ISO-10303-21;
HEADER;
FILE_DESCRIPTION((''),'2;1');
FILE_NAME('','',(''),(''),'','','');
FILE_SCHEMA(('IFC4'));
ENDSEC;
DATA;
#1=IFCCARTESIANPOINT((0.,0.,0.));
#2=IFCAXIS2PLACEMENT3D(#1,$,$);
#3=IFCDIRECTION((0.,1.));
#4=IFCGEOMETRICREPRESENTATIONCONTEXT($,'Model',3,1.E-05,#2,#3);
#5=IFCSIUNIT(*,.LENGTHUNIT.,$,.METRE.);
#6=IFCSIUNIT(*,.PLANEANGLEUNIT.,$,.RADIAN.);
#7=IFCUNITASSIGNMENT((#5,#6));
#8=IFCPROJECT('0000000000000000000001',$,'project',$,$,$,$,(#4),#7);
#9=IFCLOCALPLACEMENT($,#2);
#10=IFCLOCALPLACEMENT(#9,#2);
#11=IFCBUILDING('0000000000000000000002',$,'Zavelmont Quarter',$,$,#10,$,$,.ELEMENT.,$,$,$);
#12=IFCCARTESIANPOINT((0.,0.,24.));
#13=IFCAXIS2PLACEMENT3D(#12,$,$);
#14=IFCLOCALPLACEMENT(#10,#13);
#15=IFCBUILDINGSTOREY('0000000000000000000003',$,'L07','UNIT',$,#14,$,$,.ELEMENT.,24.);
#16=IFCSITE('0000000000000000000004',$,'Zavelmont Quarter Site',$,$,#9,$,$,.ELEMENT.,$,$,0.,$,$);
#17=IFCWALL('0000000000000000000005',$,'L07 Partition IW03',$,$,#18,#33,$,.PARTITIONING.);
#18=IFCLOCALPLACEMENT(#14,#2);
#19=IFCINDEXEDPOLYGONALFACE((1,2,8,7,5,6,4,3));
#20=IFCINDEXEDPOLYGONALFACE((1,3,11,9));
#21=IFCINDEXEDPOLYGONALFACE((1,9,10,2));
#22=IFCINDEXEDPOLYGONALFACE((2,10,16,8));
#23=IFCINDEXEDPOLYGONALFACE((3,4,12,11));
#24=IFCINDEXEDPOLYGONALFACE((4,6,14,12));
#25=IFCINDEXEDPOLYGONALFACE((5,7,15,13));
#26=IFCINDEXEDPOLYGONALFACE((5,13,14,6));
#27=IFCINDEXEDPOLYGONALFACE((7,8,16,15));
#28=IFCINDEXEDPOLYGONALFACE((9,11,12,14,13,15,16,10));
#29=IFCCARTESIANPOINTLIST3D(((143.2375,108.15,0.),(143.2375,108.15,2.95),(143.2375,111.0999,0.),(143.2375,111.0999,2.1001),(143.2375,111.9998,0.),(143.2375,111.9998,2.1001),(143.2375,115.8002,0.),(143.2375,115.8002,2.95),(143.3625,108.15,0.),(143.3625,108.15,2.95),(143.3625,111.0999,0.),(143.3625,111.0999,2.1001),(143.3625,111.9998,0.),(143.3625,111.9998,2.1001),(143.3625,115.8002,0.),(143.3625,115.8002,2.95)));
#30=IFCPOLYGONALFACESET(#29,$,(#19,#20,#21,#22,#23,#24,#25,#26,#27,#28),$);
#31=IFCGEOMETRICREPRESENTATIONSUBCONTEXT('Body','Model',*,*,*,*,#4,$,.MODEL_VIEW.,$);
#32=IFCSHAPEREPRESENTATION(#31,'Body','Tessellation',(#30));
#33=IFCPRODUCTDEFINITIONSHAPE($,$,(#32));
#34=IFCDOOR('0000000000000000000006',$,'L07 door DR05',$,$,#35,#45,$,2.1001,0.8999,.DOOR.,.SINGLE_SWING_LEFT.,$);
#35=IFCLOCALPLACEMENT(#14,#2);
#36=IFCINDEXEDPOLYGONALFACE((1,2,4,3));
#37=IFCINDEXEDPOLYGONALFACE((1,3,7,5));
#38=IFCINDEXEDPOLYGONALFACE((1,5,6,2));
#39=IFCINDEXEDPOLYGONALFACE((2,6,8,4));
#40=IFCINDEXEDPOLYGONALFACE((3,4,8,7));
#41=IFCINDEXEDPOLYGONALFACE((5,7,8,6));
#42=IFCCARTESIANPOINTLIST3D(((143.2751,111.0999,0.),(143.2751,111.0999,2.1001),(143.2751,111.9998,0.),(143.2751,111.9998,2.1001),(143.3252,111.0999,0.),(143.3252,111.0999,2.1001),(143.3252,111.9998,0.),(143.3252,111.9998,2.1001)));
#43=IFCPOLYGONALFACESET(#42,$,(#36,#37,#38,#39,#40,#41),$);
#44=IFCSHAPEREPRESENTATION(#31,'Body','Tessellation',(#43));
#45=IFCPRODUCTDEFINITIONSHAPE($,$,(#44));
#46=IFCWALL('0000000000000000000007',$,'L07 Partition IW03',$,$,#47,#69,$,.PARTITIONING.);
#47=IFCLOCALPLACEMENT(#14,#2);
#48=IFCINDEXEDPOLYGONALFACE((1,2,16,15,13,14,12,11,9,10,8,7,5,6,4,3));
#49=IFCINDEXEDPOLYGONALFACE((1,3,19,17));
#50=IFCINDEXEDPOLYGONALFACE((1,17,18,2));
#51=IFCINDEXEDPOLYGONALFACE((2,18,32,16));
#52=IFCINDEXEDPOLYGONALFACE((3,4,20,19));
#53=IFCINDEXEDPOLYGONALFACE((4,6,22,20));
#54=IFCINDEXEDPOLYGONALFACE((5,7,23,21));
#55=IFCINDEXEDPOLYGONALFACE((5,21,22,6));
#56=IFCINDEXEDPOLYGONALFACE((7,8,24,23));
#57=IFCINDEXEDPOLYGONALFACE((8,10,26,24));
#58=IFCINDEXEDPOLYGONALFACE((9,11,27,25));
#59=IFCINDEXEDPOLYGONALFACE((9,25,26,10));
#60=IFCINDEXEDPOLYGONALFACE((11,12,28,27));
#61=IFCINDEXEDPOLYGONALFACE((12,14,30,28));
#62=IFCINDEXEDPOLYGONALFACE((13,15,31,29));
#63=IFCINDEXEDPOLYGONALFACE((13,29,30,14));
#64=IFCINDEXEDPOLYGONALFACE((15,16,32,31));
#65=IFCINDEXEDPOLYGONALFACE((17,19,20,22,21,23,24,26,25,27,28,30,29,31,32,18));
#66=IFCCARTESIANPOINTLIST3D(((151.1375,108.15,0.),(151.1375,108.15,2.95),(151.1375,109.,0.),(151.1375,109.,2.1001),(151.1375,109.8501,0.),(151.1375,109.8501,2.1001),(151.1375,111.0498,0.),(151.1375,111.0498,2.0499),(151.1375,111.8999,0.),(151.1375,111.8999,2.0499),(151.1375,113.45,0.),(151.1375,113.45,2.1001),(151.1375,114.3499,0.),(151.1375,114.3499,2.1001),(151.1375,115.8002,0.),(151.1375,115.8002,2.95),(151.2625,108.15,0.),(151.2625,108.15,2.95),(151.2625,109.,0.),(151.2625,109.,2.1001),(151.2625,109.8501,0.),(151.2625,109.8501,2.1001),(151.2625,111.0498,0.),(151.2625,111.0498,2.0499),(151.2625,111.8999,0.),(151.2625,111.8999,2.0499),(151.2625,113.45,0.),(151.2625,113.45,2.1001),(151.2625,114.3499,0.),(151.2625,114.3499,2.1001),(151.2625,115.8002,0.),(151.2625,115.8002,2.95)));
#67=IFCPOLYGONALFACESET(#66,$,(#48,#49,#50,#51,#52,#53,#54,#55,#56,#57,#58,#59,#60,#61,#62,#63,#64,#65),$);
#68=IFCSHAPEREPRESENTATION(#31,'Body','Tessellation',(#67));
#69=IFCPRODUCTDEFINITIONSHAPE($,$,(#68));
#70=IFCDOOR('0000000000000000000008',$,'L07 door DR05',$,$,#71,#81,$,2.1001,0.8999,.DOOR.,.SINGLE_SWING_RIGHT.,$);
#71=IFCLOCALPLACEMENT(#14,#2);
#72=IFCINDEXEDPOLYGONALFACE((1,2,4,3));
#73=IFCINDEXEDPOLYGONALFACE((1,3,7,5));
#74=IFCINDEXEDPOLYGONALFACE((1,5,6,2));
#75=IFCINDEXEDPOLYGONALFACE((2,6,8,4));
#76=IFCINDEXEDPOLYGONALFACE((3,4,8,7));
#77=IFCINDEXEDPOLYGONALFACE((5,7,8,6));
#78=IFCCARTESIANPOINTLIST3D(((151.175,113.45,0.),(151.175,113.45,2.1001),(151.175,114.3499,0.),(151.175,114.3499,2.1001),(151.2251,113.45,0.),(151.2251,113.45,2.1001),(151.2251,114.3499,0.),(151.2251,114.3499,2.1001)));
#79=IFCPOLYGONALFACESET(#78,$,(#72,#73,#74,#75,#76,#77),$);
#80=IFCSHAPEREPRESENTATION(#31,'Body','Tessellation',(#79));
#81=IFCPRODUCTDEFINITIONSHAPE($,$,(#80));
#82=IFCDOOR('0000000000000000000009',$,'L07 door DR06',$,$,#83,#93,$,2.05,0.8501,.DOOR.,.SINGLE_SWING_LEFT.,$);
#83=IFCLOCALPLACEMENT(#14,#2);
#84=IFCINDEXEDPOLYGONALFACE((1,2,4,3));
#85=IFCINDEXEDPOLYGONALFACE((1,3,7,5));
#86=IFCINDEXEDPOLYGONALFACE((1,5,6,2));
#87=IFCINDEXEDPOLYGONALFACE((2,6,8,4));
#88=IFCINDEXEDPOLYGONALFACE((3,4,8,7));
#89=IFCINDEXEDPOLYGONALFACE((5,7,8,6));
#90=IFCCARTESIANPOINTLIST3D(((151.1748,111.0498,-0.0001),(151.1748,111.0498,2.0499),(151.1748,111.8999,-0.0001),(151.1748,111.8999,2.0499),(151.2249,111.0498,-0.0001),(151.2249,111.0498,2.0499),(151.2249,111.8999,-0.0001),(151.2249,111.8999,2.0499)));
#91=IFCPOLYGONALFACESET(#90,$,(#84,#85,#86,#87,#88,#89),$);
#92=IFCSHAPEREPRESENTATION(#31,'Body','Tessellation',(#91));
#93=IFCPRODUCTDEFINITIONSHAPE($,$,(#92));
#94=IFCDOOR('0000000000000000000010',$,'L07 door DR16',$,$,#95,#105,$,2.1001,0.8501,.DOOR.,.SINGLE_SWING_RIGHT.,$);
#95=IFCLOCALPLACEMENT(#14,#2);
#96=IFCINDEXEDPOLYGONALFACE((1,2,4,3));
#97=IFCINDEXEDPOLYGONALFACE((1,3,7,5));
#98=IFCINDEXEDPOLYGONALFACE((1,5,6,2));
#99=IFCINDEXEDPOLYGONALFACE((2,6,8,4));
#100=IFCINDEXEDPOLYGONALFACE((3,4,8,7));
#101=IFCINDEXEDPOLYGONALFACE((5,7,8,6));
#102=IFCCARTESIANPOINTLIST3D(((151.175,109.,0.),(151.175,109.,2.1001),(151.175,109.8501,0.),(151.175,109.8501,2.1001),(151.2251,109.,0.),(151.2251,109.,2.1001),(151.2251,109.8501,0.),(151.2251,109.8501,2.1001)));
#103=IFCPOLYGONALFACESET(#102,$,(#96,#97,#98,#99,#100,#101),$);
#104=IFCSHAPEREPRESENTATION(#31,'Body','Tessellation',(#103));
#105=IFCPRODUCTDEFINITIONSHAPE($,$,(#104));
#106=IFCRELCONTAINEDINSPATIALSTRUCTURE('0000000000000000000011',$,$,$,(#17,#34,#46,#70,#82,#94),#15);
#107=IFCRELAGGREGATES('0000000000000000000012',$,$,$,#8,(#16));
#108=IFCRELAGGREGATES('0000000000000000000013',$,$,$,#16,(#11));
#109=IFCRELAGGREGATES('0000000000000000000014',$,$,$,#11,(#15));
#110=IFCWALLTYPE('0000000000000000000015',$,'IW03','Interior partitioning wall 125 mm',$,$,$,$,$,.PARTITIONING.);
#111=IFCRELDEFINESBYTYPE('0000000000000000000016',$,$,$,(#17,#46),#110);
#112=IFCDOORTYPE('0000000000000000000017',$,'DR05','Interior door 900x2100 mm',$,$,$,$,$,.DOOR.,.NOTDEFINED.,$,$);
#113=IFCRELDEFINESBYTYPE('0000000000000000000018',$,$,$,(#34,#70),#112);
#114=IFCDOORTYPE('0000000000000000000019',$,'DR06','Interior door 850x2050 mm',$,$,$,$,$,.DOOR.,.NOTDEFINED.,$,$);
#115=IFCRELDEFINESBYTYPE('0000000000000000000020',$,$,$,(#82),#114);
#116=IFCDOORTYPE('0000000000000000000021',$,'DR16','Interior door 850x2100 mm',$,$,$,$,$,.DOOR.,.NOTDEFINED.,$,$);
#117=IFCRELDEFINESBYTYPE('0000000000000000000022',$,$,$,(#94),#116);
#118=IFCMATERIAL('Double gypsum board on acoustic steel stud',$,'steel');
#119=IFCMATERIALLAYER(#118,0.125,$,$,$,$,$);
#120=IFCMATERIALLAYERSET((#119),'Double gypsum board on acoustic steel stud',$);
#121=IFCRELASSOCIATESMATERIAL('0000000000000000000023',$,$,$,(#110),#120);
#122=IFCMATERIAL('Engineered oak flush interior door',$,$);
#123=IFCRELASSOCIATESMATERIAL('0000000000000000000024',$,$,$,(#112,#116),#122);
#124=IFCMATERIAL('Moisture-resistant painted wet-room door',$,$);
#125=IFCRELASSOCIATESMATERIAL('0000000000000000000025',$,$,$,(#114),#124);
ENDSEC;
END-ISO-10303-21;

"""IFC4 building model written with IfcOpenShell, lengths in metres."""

from ifc_helpers import new_model, si_unit, direction, frame, frame_2d, origin, origin_with_axes, place, context, subcontext, project, spatial, rectangle, extrude, material, layer, layer_set, type_object, element, fill, save


model = new_model("IFC4")

# Units and contexts
model_context = context("Model", 3, precision=1e-05, world=origin(), true_north=direction((0.0, 1.0)))
body_context = subcontext(model_context, "Body", "Model", "MODEL_VIEW")
ifc_project = project(units=[si_unit("LENGTHUNIT", "METRE"), si_unit("PLANEANGLEUNIT", "RADIAN")], contexts=[model_context])

# Site, building, storey
site_placement = place(None, origin())
site = spatial("IfcSite", under=ifc_project, at=site_placement, Name="Zavelmont Quarter Site", CompositionType="ELEMENT", RefElevation=0.0)
building_placement = place(site_placement, origin())
building = spatial("IfcBuilding", under=site, at=building_placement, Name="Zavelmont Quarter", CompositionType="ELEMENT")
storey_placement = place(building_placement, frame((0.0, 0.0, 24.0)))
storey = spatial("IfcBuildingStorey", under=building, at=storey_placement, Name="L07", Description="UNIT", CompositionType="ELEMENT", Elevation=24.0)

# Wall, opening, door
ifc_material_1 = material(Name="Double gypsum board on acoustic steel stud", Category="steel")
ifc_layer_1 = layer(ifc_material_1, 0.125)
ifc_layer_set_1 = layer_set([ifc_layer_1], Name="Double gypsum board on acoustic steel stud")
wall_type_1 = type_object("IfcWallType", Name="IW03", Description="Interior partitioning wall 125 mm", PredefinedType="PARTITIONING", material=ifc_layer_set_1)
wall_1_placement = place(storey_placement, frame((143.3, 108.1499, 0.0), z_axis=(0.0, 0.0, 1.0), x_axis=(0.0, 1.0, 0.0)))
wall_1 = element("IfcWall", 1, at=wall_1_placement, inside=storey, type_object=wall_type_1, Name="L07 Partition IW03", PredefinedType="PARTITIONING", context=body_context, shape_type="SweptSolid", body=[
    extrude(rectangle(XDim=7.6501, YDim=0.125, at=frame_2d((3.8252, 0.0))), origin(), (0.0, 0.0, 1.0), 2.95),
])
opening_1_placement = place(wall_1_placement, frame((2.95, 0.0, 0.0)))
opening_1 = element("IfcOpeningElement", 2, at=opening_1_placement, cuts=wall_1, PredefinedType="OPENING", context=body_context, shape_type="SweptSolid", body=[
    extrude(rectangle(XDim=0.8999, YDim=2.1001, at=frame_2d((0.45, 1.05))), frame((0.0, 0.0745, 0.0), z_axis=(0.0, -1.0, 0.0), x_axis=(1.0, 0.0, 0.0)), (0.0, 0.0, 1.0), 0.1489),
])
ifc_material_2 = material(Name="Engineered oak flush interior door")
door_type_1 = type_object("IfcDoorType", Name="DR05", Description="Interior door 900x2100 mm", OperationType="NOTDEFINED", PredefinedType="DOOR", material=ifc_material_2)
door_1_placement = place(opening_1_placement, origin_with_axes())
door_1 = element("IfcDoor", 3, at=door_1_placement, inside=storey, type_object=door_type_1, Name="L07 door DR05", OperationType="SINGLE_SWING_LEFT", OverallHeight=2.1001, OverallWidth=0.8999, PredefinedType="DOOR", context=body_context, shape_type="SweptSolid", body=[
    extrude(rectangle(XDim=0.8999, YDim=2.1001, at=frame_2d((0.45, 1.05))), frame((0.0, 0.0249, 0.0), z_axis=(0.0, -1.0, 0.0), x_axis=(1.0, 0.0, 0.0)), (0.0, 0.0, 1.0), 0.05),
])
fill(opening_1, door_1)

# Wall, openings, doors
wall_2_placement = place(storey_placement, frame((151.2, 108.1499, 0.0), z_axis=(0.0, 0.0, 1.0), x_axis=(0.0, 1.0, 0.0)))
wall_2 = element("IfcWall", 4, at=wall_2_placement, inside=storey, type_object=wall_type_1, Name="L07 Partition IW03", PredefinedType="PARTITIONING", context=body_context, shape_type="SweptSolid", body=[
    extrude(rectangle(XDim=7.6501, YDim=0.125, at=frame_2d((3.8252, 0.0))), origin(), (0.0, 0.0, 1.0), 2.95),
])
opening_2_placement = place(wall_2_placement, frame((0.8501, 0.0, 0.0)))
opening_2 = element("IfcOpeningElement", 5, at=opening_2_placement, cuts=wall_2, PredefinedType="OPENING", context=body_context, shape_type="SweptSolid", body=[
    extrude(rectangle(XDim=0.8501, YDim=2.1001, at=frame_2d((0.425, 1.05))), frame((0.0, 0.0745, 0.0), z_axis=(0.0, -1.0, 0.0), x_axis=(1.0, 0.0, 0.0)), (0.0, 0.0, 1.0), 0.1489),
])
opening_3_placement = place(wall_2_placement, frame((2.8999, 0.0, 0.0)))
opening_3 = element("IfcOpeningElement", 6, at=opening_3_placement, cuts=wall_2, PredefinedType="OPENING", context=body_context, shape_type="SweptSolid", body=[
    extrude(rectangle(XDim=0.8501, YDim=2.05, at=frame_2d((0.425, 1.0249))), frame((0.0, 0.0745, 0.0), z_axis=(0.0, -1.0, 0.0), x_axis=(1.0, 0.0, 0.0)), (0.0, 0.0, 1.0), 0.1489),
])
opening_4_placement = place(wall_2_placement, frame((5.3, 0.0, 0.0)))
opening_4 = element("IfcOpeningElement", 7, at=opening_4_placement, cuts=wall_2, PredefinedType="OPENING", context=body_context, shape_type="SweptSolid", body=[
    extrude(rectangle(XDim=0.8999, YDim=2.1001, at=frame_2d((0.45, 1.05))), frame((0.0, 0.0745, 0.0), z_axis=(0.0, -1.0, 0.0), x_axis=(1.0, 0.0, 0.0)), (0.0, 0.0, 1.0), 0.1489),
])
door_2_placement = place(opening_4_placement, origin_with_axes())
door_2 = element("IfcDoor", 8, at=door_2_placement, inside=storey, type_object=door_type_1, Name="L07 door DR05", OperationType="SINGLE_SWING_RIGHT", OverallHeight=2.1001, OverallWidth=0.8999, PredefinedType="DOOR", context=body_context, shape_type="SweptSolid", body=[
    extrude(rectangle(XDim=0.8999, YDim=2.1001, at=frame_2d((0.45, 1.05))), frame((0.0, 0.0249, 0.0), z_axis=(0.0, -1.0, 0.0), x_axis=(1.0, 0.0, 0.0)), (0.0, 0.0, 1.0), 0.05),
])
fill(opening_4, door_2)
ifc_material_3 = material(Name="Moisture-resistant painted wet-room door")
door_type_2 = type_object("IfcDoorType", Name="DR06", Description="Interior door 850x2050 mm", OperationType="NOTDEFINED", PredefinedType="DOOR", material=ifc_material_3)
door_3_placement = place(opening_3_placement, frame((0.8501, 0.0, 0.0), z_axis=(0.0, 0.0, 1.0), x_axis=(-1.0, 0.0, 0.0)))
door_3 = element("IfcDoor", 9, at=door_3_placement, inside=storey, type_object=door_type_2, Name="L07 door DR06", OperationType="SINGLE_SWING_LEFT", OverallHeight=2.05, OverallWidth=0.8501, PredefinedType="DOOR", context=body_context, shape_type="SweptSolid", body=[
    extrude(rectangle(XDim=0.8501, YDim=2.05, at=frame_2d((0.425, 1.0249))), frame((0.0, 0.0249, 0.0), z_axis=(0.0, -1.0, 0.0), x_axis=(1.0, 0.0, 0.0)), (0.0, 0.0, 1.0), 0.05),
])
fill(opening_3, door_3)
door_type_3 = type_object("IfcDoorType", Name="DR16", Description="Interior door 850x2100 mm", OperationType="NOTDEFINED", PredefinedType="DOOR", material=ifc_material_2)
door_4_placement = place(opening_2_placement, origin_with_axes())
door_4 = element("IfcDoor", 10, at=door_4_placement, inside=storey, type_object=door_type_3, Name="L07 door DR16", OperationType="SINGLE_SWING_RIGHT", OverallHeight=2.1001, OverallWidth=0.8501, PredefinedType="DOOR", context=body_context, shape_type="SweptSolid", body=[
    extrude(rectangle(XDim=0.8501, YDim=2.1001, at=frame_2d((0.425, 1.05))), frame((0.0, 0.0249, 0.0), z_axis=(0.0, -1.0, 0.0), x_axis=(1.0, 0.0, 0.0)), (0.0, 0.0, 1.0), 0.05),
])
fill(opening_2, door_4)

save(model, "model.ifc")
